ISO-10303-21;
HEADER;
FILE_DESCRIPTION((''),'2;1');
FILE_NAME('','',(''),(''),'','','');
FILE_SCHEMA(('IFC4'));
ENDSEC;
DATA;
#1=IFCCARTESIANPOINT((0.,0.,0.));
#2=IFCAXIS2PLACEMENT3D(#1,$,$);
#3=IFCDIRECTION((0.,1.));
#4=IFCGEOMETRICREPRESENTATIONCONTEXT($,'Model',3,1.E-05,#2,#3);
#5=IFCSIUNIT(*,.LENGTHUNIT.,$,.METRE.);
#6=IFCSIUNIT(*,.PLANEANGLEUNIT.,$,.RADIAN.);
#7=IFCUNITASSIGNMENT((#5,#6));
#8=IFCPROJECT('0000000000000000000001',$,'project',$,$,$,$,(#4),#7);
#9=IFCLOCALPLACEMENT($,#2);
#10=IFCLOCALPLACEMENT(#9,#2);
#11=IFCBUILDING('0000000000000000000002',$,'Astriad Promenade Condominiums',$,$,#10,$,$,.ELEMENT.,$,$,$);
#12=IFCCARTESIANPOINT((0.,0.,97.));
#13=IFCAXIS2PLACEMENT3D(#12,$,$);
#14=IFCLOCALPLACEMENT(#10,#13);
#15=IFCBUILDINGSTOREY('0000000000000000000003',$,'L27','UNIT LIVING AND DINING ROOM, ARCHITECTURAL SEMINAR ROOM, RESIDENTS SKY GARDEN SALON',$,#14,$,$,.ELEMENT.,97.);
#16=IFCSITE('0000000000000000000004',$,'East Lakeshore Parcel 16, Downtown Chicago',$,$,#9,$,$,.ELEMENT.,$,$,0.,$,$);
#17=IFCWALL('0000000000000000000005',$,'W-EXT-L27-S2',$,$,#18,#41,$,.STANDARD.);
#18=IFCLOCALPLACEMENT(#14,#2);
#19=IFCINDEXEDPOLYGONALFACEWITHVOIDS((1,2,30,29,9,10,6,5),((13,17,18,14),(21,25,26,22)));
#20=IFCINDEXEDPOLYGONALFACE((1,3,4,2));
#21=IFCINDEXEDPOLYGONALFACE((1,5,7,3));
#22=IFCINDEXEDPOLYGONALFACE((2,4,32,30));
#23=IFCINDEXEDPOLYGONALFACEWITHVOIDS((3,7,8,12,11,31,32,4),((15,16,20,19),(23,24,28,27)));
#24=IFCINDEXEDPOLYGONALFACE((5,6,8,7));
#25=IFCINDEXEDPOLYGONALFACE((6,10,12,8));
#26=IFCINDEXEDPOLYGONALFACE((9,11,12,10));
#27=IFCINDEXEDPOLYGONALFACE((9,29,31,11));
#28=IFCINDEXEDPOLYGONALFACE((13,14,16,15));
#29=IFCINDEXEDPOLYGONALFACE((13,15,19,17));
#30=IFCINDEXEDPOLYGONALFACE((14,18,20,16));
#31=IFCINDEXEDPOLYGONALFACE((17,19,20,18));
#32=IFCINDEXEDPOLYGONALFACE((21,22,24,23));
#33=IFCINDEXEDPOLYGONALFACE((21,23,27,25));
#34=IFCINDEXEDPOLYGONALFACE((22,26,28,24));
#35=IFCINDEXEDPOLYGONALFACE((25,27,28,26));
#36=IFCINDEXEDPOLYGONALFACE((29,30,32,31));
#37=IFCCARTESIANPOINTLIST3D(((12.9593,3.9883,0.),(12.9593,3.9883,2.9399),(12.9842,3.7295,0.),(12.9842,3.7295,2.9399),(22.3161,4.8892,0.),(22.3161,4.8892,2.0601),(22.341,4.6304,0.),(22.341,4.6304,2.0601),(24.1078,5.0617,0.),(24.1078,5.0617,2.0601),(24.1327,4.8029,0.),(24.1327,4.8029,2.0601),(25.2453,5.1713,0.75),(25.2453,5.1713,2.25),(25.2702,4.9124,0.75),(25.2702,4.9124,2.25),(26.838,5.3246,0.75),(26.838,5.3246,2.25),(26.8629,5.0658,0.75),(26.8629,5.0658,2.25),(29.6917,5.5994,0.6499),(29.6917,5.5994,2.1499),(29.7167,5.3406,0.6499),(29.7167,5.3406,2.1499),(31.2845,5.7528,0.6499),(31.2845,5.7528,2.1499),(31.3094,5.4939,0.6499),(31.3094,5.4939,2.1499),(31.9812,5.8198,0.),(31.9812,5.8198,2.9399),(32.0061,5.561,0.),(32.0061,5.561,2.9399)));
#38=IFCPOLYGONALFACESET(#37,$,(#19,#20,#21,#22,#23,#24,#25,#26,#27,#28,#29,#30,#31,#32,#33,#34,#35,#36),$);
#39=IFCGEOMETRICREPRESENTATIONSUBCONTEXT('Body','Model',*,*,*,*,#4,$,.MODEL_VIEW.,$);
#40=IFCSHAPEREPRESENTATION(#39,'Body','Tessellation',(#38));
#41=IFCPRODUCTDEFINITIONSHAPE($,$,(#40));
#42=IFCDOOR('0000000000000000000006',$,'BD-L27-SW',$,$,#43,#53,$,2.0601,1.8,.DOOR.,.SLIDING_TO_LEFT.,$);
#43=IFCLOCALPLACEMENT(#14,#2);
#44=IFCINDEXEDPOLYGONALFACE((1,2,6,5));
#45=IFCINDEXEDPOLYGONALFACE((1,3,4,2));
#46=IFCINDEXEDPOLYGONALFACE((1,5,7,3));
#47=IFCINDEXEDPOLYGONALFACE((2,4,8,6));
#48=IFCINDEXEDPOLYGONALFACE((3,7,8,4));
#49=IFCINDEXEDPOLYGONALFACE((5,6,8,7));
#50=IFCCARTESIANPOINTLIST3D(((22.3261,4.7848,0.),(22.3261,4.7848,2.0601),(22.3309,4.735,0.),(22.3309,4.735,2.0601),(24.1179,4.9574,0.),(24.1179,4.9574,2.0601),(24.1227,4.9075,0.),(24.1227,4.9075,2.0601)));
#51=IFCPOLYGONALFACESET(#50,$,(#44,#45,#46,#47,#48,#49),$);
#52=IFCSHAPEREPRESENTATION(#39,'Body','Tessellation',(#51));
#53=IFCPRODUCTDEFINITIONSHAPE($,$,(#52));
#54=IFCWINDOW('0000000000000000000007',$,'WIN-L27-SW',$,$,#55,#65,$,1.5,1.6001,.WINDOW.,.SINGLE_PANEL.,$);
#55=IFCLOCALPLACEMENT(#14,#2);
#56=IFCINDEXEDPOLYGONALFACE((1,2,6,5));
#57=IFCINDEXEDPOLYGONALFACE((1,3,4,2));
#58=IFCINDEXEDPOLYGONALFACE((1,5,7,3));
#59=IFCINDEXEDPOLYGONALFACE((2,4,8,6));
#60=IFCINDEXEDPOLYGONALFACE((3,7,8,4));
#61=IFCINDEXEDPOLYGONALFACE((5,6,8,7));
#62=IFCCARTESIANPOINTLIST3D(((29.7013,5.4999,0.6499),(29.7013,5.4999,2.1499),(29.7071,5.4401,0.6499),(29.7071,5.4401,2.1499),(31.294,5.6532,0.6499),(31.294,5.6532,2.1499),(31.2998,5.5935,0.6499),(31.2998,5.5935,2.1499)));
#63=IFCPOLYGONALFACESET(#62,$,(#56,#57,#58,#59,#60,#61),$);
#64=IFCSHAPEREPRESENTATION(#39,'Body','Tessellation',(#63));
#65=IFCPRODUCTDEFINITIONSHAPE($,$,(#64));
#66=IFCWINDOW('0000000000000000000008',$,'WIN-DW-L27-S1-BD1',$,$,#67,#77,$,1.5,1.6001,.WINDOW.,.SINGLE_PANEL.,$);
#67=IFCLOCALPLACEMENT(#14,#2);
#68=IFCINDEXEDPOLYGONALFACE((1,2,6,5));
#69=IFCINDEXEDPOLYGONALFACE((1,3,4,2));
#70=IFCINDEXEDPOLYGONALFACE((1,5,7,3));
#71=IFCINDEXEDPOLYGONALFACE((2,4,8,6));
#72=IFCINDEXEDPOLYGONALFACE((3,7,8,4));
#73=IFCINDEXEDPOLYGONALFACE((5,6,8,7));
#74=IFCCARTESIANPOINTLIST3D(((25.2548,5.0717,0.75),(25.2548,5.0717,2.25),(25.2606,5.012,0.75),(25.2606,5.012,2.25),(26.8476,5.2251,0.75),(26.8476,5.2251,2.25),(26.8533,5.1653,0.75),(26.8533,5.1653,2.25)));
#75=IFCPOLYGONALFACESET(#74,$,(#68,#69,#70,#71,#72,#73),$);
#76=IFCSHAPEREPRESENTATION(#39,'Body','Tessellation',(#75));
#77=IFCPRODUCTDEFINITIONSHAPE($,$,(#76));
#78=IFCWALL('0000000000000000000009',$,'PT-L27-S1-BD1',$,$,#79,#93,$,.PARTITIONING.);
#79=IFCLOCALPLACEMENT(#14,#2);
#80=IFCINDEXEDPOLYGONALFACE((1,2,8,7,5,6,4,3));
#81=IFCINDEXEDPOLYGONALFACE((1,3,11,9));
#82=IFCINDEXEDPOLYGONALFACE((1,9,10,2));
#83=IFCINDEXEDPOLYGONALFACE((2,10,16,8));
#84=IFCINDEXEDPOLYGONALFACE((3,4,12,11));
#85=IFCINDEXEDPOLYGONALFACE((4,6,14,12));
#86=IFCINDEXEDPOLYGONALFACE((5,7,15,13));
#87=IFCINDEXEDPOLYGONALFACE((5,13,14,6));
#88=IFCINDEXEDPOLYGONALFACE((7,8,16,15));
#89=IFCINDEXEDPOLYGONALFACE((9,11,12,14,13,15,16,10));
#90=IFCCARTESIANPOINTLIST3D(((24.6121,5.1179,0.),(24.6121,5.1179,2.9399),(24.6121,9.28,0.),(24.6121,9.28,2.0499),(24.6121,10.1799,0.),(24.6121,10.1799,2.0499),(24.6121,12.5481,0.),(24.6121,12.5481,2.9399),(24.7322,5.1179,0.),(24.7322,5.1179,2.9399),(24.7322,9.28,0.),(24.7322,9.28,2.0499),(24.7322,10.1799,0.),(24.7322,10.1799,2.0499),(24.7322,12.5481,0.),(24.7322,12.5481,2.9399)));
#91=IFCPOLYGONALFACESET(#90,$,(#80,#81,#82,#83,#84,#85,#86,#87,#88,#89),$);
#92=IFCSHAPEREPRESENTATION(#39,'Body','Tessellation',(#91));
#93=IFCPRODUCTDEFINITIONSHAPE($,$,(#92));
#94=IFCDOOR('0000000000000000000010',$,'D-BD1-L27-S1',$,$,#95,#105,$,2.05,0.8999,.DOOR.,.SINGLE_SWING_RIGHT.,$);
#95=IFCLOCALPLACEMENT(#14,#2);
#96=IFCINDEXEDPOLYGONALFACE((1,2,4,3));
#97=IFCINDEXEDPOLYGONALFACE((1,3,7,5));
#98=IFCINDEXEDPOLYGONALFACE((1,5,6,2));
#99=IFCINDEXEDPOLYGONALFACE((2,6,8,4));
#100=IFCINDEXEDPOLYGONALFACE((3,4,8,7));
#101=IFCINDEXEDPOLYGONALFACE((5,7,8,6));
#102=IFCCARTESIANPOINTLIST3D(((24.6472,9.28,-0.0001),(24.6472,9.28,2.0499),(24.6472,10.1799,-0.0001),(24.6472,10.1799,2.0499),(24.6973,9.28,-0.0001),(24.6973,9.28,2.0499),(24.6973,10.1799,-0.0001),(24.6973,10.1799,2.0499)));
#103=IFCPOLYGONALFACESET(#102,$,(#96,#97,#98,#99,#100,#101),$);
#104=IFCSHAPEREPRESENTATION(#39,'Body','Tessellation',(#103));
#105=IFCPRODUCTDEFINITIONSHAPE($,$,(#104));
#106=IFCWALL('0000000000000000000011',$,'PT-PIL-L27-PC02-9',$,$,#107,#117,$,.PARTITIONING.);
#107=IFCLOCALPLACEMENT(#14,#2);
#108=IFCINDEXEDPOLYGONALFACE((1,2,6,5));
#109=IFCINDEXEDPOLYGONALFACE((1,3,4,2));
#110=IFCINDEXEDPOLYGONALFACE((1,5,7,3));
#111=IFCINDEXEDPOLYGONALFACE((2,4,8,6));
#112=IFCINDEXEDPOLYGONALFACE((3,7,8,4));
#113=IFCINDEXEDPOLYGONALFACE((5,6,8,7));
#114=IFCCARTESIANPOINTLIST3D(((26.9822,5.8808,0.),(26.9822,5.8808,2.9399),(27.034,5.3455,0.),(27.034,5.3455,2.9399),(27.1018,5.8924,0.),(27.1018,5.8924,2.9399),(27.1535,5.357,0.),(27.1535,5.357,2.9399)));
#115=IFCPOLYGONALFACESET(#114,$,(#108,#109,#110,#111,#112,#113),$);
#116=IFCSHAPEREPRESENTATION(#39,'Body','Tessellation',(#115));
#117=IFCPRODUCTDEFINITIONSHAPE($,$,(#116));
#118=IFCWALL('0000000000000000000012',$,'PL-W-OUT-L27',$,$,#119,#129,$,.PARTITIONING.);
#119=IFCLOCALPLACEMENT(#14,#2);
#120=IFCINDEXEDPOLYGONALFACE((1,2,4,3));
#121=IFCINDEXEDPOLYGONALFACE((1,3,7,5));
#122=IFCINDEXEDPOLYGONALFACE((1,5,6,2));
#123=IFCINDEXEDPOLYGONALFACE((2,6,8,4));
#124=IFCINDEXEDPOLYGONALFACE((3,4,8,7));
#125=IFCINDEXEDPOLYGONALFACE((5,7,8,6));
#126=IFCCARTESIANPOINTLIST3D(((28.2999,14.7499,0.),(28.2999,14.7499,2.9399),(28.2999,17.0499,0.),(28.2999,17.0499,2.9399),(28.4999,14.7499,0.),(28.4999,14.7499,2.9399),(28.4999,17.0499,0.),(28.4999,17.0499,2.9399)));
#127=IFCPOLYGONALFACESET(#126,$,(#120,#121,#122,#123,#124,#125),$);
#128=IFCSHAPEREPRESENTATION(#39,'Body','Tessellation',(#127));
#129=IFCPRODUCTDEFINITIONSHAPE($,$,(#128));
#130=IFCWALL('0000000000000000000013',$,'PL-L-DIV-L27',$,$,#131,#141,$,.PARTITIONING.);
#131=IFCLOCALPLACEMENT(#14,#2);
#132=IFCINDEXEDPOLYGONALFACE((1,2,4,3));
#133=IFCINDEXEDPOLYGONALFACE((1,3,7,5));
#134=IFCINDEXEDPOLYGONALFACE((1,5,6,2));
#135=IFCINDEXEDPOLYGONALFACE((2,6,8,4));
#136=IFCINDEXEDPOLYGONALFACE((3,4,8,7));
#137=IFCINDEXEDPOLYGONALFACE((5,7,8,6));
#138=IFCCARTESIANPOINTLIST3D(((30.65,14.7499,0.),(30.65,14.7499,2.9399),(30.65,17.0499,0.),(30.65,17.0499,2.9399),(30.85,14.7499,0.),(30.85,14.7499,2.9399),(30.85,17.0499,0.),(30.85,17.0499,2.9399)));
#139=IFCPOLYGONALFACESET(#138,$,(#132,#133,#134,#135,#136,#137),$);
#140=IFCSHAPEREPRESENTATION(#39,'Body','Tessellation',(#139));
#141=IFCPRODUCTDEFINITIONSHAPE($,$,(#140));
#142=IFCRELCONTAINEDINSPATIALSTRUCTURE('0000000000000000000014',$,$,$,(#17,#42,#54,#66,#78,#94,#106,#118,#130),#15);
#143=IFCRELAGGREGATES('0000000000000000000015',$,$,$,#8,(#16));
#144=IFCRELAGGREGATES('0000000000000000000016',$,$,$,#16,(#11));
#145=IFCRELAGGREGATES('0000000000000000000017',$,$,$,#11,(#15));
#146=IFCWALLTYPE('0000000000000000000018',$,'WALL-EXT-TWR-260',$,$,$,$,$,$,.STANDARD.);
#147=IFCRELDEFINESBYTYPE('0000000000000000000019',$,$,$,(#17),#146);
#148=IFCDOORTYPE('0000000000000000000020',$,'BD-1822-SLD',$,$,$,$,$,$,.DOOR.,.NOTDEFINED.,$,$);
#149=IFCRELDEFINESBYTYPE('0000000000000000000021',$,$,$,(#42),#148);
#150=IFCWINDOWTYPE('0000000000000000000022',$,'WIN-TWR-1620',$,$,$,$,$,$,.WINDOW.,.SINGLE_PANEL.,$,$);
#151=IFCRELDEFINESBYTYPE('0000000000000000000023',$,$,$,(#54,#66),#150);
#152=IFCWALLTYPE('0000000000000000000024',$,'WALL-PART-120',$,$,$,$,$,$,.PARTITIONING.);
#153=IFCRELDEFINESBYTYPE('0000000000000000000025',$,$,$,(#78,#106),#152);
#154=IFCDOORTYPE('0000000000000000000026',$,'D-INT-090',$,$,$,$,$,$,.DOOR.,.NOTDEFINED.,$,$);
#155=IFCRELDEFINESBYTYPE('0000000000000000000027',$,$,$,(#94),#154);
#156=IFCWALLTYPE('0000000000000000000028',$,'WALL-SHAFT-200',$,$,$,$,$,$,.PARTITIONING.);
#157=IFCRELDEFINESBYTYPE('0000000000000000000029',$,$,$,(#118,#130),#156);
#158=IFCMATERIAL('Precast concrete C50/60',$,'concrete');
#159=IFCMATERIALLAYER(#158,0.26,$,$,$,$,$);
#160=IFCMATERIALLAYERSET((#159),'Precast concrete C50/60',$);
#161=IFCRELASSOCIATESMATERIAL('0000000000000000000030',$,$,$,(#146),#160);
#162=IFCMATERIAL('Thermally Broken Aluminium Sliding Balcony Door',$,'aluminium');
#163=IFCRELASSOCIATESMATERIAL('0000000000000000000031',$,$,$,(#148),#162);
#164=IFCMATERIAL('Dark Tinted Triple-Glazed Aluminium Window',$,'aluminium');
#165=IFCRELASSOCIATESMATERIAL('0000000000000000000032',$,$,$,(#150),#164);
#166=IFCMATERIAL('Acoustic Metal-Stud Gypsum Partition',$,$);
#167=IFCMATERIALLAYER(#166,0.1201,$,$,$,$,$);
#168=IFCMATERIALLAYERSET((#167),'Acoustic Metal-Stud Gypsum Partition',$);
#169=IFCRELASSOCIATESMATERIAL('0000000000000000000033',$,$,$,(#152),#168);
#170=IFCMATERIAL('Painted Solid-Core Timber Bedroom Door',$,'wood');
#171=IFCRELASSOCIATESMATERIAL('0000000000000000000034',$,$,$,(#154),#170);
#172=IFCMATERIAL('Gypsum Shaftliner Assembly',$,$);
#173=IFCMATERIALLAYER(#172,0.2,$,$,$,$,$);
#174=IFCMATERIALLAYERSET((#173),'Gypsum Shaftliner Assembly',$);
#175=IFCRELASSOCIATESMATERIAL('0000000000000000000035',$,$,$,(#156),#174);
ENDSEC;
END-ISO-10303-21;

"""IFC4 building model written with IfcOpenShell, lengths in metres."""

from ifc_helpers import new_model, si_unit, direction, frame, frame_2d, origin, place, context, subcontext, project, spatial, rectangle, extrude, source, transform, mapped, material, layer, layer_set, type_object, type_shapes, element, fill, save


model = new_model("IFC4")

# Units and contexts
model_context = context("Model", 3, precision=1e-05, world=origin(), true_north=direction((0.0, 1.0)))
body_context = subcontext(model_context, "Body", "Model", "MODEL_VIEW")
ifc_project = project(units=[si_unit("LENGTHUNIT", "METRE"), si_unit("PLANEANGLEUNIT", "RADIAN")], contexts=[model_context])

# Site, building, storey
site_placement = place(None, origin())
site = spatial("IfcSite", under=ifc_project, at=site_placement, Name="East Lakeshore Parcel 16, Downtown Chicago", CompositionType="ELEMENT", RefElevation=0.0)
building_placement = place(site_placement, origin())
building = spatial("IfcBuilding", under=site, at=building_placement, Name="Astriad Promenade Condominiums", CompositionType="ELEMENT")
storey_placement = place(building_placement, frame((0.0, 0.0, 97.0)))
storey = spatial("IfcBuildingStorey", under=building, at=storey_placement, Name="L27", Description="UNIT LIVING AND DINING ROOM, ARCHITECTURAL SEMINAR ROOM, RESIDENTS SKY GARDEN SALON", CompositionType="ELEMENT", Elevation=97.0)

# Wall, openings, door, windows
ifc_material_1 = material(Name="Precast concrete C50/60", Category="concrete")
ifc_layer_1 = layer(ifc_material_1, 0.26)
ifc_layer_set_1 = layer_set([ifc_layer_1], Name="Precast concrete C50/60")
wall_type_1 = type_object("IfcWallType", Name="WALL-EXT-TWR-260", PredefinedType="STANDARD", material=ifc_layer_set_1)
wall_1_placement = place(storey_placement, frame((31.9937, 5.6904, 0.0), z_axis=(0.0, 0.0, 1.0), x_axis=(-0.995397, -0.095842, 0.0)))
wall_1 = element("IfcWall", 1, at=wall_1_placement, inside=storey, type_object=wall_type_1, Name="W-EXT-L27-S2", PredefinedType="STANDARD", context=body_context, shape_type="SweptSolid", body=[
    extrude(rectangle(XDim=19.1099, YDim=0.26, at=frame_2d((9.5549, 0.0))), origin(), (0.0, 0.0, 1.0), 2.9399),
])
opening_1_placement = place(wall_1_placement, frame((7.9099, 0.0, 0.0)))
opening_1 = element("IfcOpeningElement", 2, at=opening_1_placement, cuts=wall_1, PredefinedType="OPENING", context=body_context, shape_type="SweptSolid", body=[
    extrude(rectangle(XDim=1.8, YDim=2.0601, at=frame_2d((0.8999, 1.03))), frame((0.0, 0.1399, 0.0), z_axis=(0.0, -1.0, 0.0), x_axis=(1.0, 0.0, 0.0)), (0.0, 0.0, 1.0), 0.28),
])
opening_2_placement = place(wall_1_placement, frame((0.7, 0.0, 0.6499)))
opening_2 = element("IfcOpeningElement", 3, at=opening_2_placement, cuts=wall_1, PredefinedType="OPENING", context=body_context, shape_type="SweptSolid", body=[
    extrude(rectangle(XDim=1.6001, YDim=1.5, at=frame_2d((0.8, 0.75))), frame((0.0, 0.1399, 0.0), z_axis=(0.0, -1.0, 0.0), x_axis=(1.0, 0.0, 0.0)), (0.0, 0.0, 1.0), 0.28),
])
opening_3_placement = place(wall_1_placement, frame((5.167, 0.0, 0.75)))
opening_3 = element("IfcOpeningElement", 4, at=opening_3_placement, cuts=wall_1, PredefinedType="OPENING", context=body_context, shape_type="SweptSolid", body=[
    extrude(rectangle(XDim=1.6001, YDim=1.5, at=frame_2d((0.8, 0.75))), frame((0.0, 0.1399, 0.0), z_axis=(0.0, -1.0, 0.0), x_axis=(1.0, 0.0, 0.0)), (0.0, 0.0, 1.0), 0.28),
])
ifc_material_2 = material(Name="Thermally Broken Aluminium Sliding Balcony Door", Category="aluminium")
door_type_1 = type_object("IfcDoorType", Name="BD-1822-SLD", OperationType="NOTDEFINED", PredefinedType="DOOR", material=ifc_material_2)
shared_shape_1 = source(origin(), body_context, "Body", "SweptSolid", [
    extrude(rectangle(XDim=1.8, YDim=2.0601, at=frame_2d((0.8999, 1.03))), frame((0.0, 0.0249, 0.0), z_axis=(0.0, -1.0, 0.0), x_axis=(1.0, 0.0, 0.0)), (0.0, 0.0, 1.0), 0.05),
])
type_shapes(door_type_1, [shared_shape_1])
door_1_placement = place(opening_1_placement, origin())
door_1 = element("IfcDoor", 5, at=door_1_placement, inside=storey, type_object=door_type_1, Name="BD-L27-SW", OperationType="SLIDING_TO_LEFT", OverallHeight=2.0601, OverallWidth=1.8, PredefinedType="DOOR", context=body_context, shape_type="MappedRepresentation", body=[
    mapped(shared_shape_1, transform((0.0, 0.0, 0.0), scale=1.0)),
])
fill(opening_1, door_1)
ifc_material_3 = material(Name="Dark Tinted Triple-Glazed Aluminium Window", Category="aluminium")
window_type = type_object("IfcWindowType", Name="WIN-TWR-1620", PartitioningType="SINGLE_PANEL", PredefinedType="WINDOW", material=ifc_material_3)
shared_shape_2 = source(origin(), body_context, "Body", "SweptSolid", [
    extrude(rectangle(XDim=1.6001, YDim=1.5, at=frame_2d((0.8, 0.75))), frame((0.0, 0.03, 0.0), z_axis=(0.0, -1.0, 0.0), x_axis=(1.0, 0.0, 0.0)), (0.0, 0.0, 1.0), 0.0601),
])
type_shapes(window_type, [shared_shape_2])
window_1_placement = place(opening_2_placement, origin())
window_1 = element("IfcWindow", 6, at=window_1_placement, inside=storey, type_object=window_type, Name="WIN-L27-SW", OverallHeight=1.5, OverallWidth=1.6001, PartitioningType="SINGLE_PANEL", PredefinedType="WINDOW", context=body_context, shape_type="MappedRepresentation", body=[
    mapped(shared_shape_2, transform((0.0, 0.0, 0.0), scale=1.0)),
])
fill(opening_2, window_1)
window_2_placement = place(opening_3_placement, origin())
window_2 = element("IfcWindow", 7, at=window_2_placement, inside=storey, type_object=window_type, Name="WIN-DW-L27-S1-BD1", OverallHeight=1.5, OverallWidth=1.6001, PartitioningType="SINGLE_PANEL", PredefinedType="WINDOW", context=body_context, shape_type="MappedRepresentation", body=[
    mapped(shared_shape_2, transform((0.0, 0.0, 0.0), scale=1.0)),
])
fill(opening_3, window_2)

# Wall, opening, door
ifc_material_4 = material(Name="Acoustic Metal-Stud Gypsum Partition")
ifc_layer_2 = layer(ifc_material_4, 0.1201)
ifc_layer_set_2 = layer_set([ifc_layer_2], Name="Acoustic Metal-Stud Gypsum Partition")
wall_type_2 = type_object("IfcWallType", Name="WALL-PART-120", PredefinedType="PARTITIONING", material=ifc_layer_set_2)
wall_2_placement = place(storey_placement, frame((24.6721, 5.1179, 0.0), z_axis=(0.0, 0.0, 1.0), x_axis=(0.0, 1.0, 0.0)))
wall_2 = element("IfcWall", 8, at=wall_2_placement, inside=storey, type_object=wall_type_2, Name="PT-L27-S1-BD1", PredefinedType="PARTITIONING", context=body_context, shape_type="SweptSolid", body=[
    extrude(rectangle(XDim=7.4302, YDim=0.1201, at=frame_2d((3.7151, 0.0))), origin(), (0.0, 0.0, 1.0), 2.9399),
])
opening_4_placement = place(wall_2_placement, frame((4.1621, 0.0, 0.0)))
opening_4 = element("IfcOpeningElement", 9, at=opening_4_placement, cuts=wall_2, PredefinedType="OPENING", context=body_context, shape_type="SweptSolid", body=[
    extrude(rectangle(XDim=0.8999, YDim=2.05, at=frame_2d((0.45, 1.0249))), frame((0.0, 0.0701, 0.0), z_axis=(0.0, -1.0, 0.0), x_axis=(1.0, 0.0, 0.0)), (0.0, 0.0, 1.0), 0.1401),
])
ifc_material_5 = material(Name="Painted Solid-Core Timber Bedroom Door", Category="wood")
door_type_2 = type_object("IfcDoorType", Name="D-INT-090", OperationType="NOTDEFINED", PredefinedType="DOOR", material=ifc_material_5)
shared_shape_3 = source(origin(), body_context, "Body", "SweptSolid", [
    extrude(rectangle(XDim=0.8999, YDim=2.05, at=frame_2d((0.45, 1.0249))), frame((0.0, 0.0249, 0.0), z_axis=(0.0, -1.0, 0.0), x_axis=(1.0, 0.0, 0.0)), (0.0, 0.0, 1.0), 0.05),
])
type_shapes(door_type_2, [shared_shape_3])
door_2_placement = place(opening_4_placement, origin())
door_2 = element("IfcDoor", 10, at=door_2_placement, inside=storey, type_object=door_type_2, Name="D-BD1-L27-S1", OperationType="SINGLE_SWING_RIGHT", OverallHeight=2.05, OverallWidth=0.8999, PredefinedType="DOOR", context=body_context, shape_type="MappedRepresentation", body=[
    mapped(shared_shape_3, transform((0.0, 0.0, 0.0), scale=1.0)),
])
fill(opening_4, door_2)

# Walls
wall_3_placement = place(storey_placement, frame((27.042, 5.8867, 0.0), z_axis=(0.0, 0.0, 1.0), x_axis=(0.096223, -0.99536, 0.0)))
element("IfcWall", 11, at=wall_3_placement, inside=storey, type_object=wall_type_2, Name="PT-PIL-L27-PC02-9", PredefinedType="PARTITIONING", context=body_context, shape_type="SweptSolid", body=[
    extrude(rectangle(XDim=0.5378, YDim=0.1201, at=frame_2d((0.269, 0.0))), origin(), (0.0, 0.0, 1.0), 2.9399),
])
ifc_material_6 = material(Name="Gypsum Shaftliner Assembly")
ifc_layer_3 = layer(ifc_material_6, 0.2)
ifc_layer_set_3 = layer_set([ifc_layer_3], Name="Gypsum Shaftliner Assembly")
wall_type_3 = type_object("IfcWallType", Name="WALL-SHAFT-200", PredefinedType="PARTITIONING", material=ifc_layer_set_3)
for number, where, z_axis, x_axis, name in (
    (12, (28.3999, 14.75, 0.0), (0.0, 0.0, 1.0), (0.0, 1.0, 0.0), "PL-W-OUT-L27"),
    (13, (30.75, 14.75, 0.0), (0.0, 0.0, 1.0), (0.0, 1.0, 0.0), "PL-L-DIV-L27"),
):
    element("IfcWall", number, at=place(storey_placement, frame(where, z_axis=z_axis, x_axis=x_axis)), inside=storey, type_object=wall_type_3, Name=name, PredefinedType="PARTITIONING", context=body_context, shape_type="SweptSolid", body=[
        extrude(rectangle(XDim=2.3, YDim=0.2, at=frame_2d((1.1499, 0.0))), origin(), (0.0, 0.0, 1.0), 2.9399),
    ])

save(model, "model.ifc")
